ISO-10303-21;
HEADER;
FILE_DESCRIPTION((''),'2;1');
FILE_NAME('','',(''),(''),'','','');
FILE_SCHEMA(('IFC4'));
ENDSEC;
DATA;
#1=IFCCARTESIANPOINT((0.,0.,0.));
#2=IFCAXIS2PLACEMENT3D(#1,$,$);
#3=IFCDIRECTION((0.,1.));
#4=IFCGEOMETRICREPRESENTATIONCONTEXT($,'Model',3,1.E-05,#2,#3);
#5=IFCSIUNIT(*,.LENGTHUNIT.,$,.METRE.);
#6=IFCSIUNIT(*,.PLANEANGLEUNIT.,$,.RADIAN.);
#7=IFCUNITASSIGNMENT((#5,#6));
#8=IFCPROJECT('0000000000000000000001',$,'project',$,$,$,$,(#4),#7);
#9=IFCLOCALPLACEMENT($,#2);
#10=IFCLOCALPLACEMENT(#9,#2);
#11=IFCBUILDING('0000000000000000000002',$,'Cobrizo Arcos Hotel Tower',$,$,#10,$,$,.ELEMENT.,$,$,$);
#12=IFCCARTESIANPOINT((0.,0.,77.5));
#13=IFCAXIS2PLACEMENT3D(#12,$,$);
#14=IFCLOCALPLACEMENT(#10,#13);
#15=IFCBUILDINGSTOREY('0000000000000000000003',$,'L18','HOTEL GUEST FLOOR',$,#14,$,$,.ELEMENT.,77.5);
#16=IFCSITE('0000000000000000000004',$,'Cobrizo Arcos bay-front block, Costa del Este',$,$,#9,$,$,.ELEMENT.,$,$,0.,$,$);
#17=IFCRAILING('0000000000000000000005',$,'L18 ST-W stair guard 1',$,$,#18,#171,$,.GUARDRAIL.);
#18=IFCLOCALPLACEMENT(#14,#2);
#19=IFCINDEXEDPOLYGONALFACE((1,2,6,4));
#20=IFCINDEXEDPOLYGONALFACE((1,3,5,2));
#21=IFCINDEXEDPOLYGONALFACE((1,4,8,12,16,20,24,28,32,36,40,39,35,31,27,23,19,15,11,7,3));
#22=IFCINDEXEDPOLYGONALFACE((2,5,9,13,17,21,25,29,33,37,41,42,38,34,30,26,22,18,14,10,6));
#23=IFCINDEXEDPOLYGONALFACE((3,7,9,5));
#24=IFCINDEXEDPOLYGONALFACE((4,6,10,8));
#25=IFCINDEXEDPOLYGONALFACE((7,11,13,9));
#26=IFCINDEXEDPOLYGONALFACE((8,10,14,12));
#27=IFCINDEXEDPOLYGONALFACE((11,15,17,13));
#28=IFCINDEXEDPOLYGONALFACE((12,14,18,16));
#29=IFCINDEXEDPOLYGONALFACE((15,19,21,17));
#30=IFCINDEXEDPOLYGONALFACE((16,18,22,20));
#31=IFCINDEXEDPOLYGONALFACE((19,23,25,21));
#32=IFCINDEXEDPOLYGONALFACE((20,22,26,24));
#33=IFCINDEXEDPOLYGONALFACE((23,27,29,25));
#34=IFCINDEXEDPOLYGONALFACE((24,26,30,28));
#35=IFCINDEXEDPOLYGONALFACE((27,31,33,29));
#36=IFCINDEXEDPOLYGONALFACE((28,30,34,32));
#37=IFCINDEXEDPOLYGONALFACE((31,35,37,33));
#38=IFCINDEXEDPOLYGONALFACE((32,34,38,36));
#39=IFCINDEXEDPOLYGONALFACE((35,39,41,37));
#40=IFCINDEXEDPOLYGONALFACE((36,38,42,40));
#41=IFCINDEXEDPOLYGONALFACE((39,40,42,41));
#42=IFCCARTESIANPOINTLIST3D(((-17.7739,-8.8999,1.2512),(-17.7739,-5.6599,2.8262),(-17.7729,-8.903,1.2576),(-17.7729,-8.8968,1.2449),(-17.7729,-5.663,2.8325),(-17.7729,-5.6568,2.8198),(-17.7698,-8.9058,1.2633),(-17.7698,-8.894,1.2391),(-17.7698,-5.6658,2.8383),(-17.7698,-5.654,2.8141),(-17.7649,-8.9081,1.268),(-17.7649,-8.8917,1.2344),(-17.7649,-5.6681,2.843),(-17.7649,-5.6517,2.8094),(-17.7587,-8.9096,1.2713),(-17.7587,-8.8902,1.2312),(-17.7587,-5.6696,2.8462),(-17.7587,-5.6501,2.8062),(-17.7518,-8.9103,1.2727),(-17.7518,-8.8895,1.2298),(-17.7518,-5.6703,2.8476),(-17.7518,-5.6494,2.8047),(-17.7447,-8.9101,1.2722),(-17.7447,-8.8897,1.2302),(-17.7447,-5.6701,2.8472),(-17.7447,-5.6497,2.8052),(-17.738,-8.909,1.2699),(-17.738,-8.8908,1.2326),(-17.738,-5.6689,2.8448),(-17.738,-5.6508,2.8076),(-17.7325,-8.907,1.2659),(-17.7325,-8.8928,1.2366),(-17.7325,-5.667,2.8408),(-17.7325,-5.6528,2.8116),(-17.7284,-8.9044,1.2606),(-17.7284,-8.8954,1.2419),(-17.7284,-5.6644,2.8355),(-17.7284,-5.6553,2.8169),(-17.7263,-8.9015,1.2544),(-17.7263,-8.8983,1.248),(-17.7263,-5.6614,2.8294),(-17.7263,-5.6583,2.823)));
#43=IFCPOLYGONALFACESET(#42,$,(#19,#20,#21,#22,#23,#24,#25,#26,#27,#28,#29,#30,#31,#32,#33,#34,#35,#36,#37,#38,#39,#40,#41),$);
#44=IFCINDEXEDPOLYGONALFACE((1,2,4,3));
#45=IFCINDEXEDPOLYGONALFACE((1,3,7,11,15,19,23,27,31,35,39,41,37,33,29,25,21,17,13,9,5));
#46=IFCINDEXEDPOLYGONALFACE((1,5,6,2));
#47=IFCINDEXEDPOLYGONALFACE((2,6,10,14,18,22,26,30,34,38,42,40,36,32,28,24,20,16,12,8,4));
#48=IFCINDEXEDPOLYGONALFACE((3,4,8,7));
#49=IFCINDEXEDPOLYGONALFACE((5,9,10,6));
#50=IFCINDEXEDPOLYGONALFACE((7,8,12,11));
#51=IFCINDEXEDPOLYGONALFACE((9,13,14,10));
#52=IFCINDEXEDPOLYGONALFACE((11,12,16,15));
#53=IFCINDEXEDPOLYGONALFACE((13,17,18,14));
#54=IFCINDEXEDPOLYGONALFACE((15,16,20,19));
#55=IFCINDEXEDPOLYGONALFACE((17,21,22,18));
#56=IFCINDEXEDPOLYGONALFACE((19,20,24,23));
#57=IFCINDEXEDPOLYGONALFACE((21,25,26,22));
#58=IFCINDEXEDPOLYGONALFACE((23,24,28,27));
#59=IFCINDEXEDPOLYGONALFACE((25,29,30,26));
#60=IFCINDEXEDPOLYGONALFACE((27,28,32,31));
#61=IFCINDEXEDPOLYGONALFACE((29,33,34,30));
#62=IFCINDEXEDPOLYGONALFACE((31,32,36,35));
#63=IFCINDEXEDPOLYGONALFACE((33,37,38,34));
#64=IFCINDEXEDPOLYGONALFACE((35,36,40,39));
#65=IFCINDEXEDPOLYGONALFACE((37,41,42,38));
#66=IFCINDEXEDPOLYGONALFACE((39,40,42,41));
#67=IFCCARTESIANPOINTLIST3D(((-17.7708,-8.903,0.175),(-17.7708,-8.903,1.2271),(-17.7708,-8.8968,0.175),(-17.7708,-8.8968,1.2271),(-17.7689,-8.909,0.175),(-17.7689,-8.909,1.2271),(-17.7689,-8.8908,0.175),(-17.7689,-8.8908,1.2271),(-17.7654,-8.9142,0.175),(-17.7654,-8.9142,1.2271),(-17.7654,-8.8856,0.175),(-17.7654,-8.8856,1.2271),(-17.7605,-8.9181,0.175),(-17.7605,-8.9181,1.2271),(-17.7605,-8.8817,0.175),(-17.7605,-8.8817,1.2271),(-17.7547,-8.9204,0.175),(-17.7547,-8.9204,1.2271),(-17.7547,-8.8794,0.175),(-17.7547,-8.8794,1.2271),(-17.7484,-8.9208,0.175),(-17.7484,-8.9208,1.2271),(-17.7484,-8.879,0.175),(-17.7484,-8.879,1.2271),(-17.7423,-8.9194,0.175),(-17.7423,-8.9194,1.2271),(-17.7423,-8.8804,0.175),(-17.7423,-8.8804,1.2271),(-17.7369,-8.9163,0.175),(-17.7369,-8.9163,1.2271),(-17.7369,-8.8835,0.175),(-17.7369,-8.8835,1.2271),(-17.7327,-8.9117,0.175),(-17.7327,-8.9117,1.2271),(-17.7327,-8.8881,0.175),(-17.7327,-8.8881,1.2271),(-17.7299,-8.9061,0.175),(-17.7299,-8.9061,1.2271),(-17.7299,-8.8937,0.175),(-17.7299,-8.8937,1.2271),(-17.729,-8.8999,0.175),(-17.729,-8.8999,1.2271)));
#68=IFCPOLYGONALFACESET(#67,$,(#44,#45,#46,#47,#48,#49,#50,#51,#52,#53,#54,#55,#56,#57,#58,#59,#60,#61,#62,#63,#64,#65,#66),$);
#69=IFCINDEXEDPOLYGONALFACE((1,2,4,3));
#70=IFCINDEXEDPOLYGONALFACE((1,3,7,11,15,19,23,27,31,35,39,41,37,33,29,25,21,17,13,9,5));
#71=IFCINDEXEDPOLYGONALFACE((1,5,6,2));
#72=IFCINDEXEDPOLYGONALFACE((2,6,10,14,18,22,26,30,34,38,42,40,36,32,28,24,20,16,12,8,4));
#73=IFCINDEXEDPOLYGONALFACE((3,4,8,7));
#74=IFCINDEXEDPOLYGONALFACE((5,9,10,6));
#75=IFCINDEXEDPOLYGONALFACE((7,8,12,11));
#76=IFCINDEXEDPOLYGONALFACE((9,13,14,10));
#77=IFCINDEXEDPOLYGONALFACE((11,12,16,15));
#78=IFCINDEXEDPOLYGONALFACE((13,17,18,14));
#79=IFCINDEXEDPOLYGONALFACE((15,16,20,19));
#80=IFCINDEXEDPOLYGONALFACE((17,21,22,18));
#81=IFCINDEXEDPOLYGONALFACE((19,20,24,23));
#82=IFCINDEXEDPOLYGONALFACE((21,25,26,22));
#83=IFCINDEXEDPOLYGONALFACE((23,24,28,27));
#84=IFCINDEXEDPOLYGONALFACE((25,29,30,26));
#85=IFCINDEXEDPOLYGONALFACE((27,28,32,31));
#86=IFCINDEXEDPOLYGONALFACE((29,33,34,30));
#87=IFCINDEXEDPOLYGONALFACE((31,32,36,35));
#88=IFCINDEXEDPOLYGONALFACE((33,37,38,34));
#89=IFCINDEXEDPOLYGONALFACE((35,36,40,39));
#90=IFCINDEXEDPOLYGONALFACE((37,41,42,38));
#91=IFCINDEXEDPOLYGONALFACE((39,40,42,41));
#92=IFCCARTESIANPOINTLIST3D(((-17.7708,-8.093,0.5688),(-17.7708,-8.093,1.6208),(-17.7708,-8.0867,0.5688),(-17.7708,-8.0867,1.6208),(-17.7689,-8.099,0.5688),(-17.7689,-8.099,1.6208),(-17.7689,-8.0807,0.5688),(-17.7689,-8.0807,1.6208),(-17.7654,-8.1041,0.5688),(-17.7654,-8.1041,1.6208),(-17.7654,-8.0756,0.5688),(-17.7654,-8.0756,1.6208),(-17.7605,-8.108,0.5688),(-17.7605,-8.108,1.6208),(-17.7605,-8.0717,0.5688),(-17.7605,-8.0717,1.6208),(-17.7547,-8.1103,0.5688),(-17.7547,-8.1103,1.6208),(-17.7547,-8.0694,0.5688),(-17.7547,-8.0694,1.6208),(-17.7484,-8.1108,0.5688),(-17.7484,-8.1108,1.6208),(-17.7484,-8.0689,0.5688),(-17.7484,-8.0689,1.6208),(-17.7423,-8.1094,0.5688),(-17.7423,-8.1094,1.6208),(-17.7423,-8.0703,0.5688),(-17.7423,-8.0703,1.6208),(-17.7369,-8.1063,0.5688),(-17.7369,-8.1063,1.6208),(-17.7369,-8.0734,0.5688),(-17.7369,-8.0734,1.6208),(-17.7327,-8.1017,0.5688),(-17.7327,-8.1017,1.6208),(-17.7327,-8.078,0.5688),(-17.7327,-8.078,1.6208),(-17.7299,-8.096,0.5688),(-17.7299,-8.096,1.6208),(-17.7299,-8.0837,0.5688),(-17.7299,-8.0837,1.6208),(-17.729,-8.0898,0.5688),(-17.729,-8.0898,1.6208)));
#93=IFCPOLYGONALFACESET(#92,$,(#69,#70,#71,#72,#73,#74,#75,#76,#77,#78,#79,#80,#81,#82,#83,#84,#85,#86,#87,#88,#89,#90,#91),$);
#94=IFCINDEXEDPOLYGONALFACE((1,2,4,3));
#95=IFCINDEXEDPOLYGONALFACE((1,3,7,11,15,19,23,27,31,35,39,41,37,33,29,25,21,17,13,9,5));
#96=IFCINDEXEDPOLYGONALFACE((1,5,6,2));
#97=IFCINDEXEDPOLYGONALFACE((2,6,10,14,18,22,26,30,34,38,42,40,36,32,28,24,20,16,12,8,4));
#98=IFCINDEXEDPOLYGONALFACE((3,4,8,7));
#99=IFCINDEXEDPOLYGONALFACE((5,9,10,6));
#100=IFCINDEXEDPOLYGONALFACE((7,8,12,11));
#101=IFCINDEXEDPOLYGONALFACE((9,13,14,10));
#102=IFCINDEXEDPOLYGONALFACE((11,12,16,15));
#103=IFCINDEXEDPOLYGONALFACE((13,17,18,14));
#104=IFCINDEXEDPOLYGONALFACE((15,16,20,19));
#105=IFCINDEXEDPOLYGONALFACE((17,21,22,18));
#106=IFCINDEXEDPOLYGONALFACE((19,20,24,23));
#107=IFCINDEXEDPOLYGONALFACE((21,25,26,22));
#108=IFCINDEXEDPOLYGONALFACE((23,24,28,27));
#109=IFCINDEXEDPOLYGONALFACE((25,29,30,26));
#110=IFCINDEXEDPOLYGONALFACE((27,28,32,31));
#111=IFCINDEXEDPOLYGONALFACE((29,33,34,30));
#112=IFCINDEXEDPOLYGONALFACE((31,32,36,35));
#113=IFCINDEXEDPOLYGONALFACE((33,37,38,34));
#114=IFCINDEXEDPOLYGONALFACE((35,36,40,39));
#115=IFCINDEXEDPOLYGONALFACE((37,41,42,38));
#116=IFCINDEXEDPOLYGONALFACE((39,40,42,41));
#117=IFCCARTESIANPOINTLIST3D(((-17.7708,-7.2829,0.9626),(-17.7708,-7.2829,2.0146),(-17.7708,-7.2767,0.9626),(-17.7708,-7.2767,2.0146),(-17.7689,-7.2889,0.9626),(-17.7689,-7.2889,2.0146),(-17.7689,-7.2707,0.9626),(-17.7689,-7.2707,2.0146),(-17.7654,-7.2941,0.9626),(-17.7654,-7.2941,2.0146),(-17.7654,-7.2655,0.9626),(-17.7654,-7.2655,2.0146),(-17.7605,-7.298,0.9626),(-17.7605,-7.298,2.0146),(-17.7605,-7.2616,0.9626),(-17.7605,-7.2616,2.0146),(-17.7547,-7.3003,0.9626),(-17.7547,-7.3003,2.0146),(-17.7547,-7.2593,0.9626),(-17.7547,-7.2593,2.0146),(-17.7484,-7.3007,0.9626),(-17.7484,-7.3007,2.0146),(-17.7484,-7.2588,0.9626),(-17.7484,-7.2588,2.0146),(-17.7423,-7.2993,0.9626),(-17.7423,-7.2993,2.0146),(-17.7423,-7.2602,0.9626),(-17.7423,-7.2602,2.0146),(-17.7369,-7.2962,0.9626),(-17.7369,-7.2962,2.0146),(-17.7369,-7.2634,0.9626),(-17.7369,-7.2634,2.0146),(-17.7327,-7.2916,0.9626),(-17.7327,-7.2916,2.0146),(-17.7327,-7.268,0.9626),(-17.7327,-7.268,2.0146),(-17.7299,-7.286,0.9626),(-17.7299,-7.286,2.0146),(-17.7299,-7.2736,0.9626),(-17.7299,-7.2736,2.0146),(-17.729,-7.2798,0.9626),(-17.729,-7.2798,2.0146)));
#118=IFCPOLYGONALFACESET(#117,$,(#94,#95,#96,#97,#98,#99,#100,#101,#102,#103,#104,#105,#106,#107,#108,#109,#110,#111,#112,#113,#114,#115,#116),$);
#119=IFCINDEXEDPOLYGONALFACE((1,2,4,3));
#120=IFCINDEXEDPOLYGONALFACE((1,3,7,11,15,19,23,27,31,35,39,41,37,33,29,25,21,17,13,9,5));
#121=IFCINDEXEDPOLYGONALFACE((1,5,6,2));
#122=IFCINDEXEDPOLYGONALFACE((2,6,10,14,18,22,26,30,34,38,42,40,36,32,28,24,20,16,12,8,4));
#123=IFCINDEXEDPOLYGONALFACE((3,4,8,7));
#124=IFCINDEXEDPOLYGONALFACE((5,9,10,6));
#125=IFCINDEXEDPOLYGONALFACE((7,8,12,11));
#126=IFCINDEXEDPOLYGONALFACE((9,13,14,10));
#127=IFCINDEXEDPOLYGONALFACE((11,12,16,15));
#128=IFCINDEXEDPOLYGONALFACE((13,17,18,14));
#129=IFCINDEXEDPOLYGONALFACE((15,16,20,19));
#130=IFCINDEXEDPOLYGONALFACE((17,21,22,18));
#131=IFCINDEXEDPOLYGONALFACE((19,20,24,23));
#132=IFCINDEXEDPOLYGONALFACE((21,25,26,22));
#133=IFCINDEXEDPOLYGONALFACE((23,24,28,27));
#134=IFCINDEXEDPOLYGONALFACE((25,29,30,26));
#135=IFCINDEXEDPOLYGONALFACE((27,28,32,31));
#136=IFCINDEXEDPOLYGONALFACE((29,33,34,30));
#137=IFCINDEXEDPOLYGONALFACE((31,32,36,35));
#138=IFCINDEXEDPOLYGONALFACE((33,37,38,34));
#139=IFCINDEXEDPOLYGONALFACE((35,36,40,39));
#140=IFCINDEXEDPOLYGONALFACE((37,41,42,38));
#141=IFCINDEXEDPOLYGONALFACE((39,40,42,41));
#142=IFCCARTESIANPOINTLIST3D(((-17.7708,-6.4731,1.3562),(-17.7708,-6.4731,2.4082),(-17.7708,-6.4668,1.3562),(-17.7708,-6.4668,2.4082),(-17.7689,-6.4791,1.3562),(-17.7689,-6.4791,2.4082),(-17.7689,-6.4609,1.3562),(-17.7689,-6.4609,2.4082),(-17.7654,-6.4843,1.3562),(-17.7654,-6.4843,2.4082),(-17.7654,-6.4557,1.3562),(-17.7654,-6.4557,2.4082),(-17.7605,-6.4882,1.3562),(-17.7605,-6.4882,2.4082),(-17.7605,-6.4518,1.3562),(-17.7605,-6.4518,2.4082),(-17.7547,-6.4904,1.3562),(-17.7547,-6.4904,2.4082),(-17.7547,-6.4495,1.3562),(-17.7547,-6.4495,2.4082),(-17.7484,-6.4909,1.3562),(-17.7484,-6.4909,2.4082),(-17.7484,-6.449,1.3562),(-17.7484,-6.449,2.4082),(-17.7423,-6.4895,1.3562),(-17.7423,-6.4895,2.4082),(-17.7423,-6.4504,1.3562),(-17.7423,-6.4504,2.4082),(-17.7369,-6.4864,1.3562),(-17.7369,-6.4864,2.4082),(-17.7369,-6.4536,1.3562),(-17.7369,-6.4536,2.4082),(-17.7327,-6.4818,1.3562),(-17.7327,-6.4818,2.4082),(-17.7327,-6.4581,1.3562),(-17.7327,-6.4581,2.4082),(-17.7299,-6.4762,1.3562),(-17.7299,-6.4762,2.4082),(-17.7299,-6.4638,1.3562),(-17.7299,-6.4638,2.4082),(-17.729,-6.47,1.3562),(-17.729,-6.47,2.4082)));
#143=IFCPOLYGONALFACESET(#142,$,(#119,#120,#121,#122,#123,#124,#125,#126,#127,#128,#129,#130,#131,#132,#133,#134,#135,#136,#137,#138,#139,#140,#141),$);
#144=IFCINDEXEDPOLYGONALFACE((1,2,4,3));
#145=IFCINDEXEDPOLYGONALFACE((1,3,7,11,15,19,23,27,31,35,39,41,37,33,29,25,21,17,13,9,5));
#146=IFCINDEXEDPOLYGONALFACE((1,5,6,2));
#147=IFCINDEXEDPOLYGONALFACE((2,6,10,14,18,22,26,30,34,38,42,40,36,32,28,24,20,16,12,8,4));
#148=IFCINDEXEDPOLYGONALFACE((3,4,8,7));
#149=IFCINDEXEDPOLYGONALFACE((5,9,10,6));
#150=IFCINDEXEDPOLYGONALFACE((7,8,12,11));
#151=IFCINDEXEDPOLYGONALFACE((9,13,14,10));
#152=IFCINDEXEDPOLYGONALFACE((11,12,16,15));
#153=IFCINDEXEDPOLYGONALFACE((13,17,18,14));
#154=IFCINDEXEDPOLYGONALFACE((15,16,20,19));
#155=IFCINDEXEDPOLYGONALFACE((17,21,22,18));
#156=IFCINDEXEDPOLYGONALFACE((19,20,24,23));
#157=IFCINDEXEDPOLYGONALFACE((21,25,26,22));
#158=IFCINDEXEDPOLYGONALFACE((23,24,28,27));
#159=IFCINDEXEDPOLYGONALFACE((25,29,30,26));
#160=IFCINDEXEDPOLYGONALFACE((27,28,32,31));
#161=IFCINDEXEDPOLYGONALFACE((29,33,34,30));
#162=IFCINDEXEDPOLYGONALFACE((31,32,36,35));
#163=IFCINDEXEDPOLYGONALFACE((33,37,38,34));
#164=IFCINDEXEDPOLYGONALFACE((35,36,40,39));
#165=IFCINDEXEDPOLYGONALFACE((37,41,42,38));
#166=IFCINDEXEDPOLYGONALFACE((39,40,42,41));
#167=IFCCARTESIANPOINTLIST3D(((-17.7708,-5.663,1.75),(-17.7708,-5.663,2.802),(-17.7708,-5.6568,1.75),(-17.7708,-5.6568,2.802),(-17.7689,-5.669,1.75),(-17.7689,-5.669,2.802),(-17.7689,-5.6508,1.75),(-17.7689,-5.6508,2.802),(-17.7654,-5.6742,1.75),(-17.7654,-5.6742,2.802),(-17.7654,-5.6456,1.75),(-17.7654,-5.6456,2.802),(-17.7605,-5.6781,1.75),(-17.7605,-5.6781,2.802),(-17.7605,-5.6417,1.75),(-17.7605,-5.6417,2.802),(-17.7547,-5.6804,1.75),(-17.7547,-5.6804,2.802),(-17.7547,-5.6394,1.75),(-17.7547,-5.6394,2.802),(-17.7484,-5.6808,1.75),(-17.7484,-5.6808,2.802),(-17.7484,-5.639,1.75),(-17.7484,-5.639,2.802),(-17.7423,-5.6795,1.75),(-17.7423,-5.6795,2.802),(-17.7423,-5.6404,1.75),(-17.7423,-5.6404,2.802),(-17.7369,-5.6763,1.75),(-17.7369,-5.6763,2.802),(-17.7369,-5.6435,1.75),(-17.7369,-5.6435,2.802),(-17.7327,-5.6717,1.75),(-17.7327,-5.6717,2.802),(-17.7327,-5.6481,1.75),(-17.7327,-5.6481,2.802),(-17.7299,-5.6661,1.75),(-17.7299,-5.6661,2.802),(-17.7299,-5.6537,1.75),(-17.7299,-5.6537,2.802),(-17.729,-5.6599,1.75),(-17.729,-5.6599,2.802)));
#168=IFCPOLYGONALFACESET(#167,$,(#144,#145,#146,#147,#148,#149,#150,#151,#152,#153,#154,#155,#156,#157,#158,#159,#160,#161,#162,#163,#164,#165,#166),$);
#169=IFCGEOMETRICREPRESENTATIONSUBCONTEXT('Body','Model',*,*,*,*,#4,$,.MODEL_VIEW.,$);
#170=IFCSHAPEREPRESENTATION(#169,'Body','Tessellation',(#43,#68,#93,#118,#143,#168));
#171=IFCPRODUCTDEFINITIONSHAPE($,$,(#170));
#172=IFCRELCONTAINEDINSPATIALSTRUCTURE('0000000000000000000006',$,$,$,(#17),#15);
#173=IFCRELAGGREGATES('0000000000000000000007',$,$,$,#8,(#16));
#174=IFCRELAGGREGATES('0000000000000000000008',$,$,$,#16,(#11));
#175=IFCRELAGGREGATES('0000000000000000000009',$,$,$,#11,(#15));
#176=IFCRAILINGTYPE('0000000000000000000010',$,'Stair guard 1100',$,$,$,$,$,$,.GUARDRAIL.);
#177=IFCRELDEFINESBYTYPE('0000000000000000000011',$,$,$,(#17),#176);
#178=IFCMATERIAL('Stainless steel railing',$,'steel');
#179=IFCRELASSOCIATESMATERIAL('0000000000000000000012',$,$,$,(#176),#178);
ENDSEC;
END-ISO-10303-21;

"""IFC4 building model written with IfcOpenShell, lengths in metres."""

from ifc_helpers import new_model, si_unit, direction, frame, origin, origin_2d, place, context, subcontext, project, spatial, circle, extrude, material, type_object, element, save


model = new_model("IFC4")

# Units and contexts
model_context = context("Model", 3, precision=1e-05, world=origin(), true_north=direction((0.0, 1.0)))
body_context = subcontext(model_context, "Body", "Model", "MODEL_VIEW")
ifc_project = project(units=[si_unit("LENGTHUNIT", "METRE"), si_unit("PLANEANGLEUNIT", "RADIAN")], contexts=[model_context])

# Site, building, storey
site_placement = place(None, origin())
site = spatial("IfcSite", under=ifc_project, at=site_placement, Name="Cobrizo Arcos bay-front block, Costa del Este", CompositionType="ELEMENT", RefElevation=0.0)
building_placement = place(site_placement, origin())
building = spatial("IfcBuilding", under=site, at=building_placement, Name="Cobrizo Arcos Hotel Tower", CompositionType="ELEMENT")
storey_placement = place(building_placement, frame((0.0, 0.0, 77.5)))
storey = spatial("IfcBuildingStorey", under=building, at=storey_placement, Name="L18", Description="HOTEL GUEST FLOOR", CompositionType="ELEMENT", Elevation=77.5)

# Railing
ifc_material_1 = material(Name="Stainless steel railing", Category="steel")
railing_type_1 = type_object("IfcRailingType", Name="Stair guard 1100", PredefinedType="GUARDRAIL", material=ifc_material_1)
railing_1_placement = place(storey_placement, frame((-17.75, -8.8999, 0.175)))
element("IfcRailing", 1, at=railing_1_placement, inside=storey, type_object=railing_type_1, Name="L18 ST-W stair guard 1", PredefinedType="GUARDRAIL", context=body_context, shape_type="SweptSolid", body=[
    extrude(circle(Radius=0.0239, at=origin_2d()), frame((0.0, 0.0, 1.0762), z_axis=(0.0, 0.899373, 0.437183), x_axis=(-1.0, 0.0, 0.0)), (0.0, 0.0, 1.0), 3.6025),
    extrude(circle(Radius=0.021, at=origin_2d()), origin(), (0.0, 0.0, 1.0), 1.052),
    extrude(circle(Radius=0.021, at=origin_2d()), frame((0.0, 0.8101, 0.3938)), (0.0, 0.0, 1.0), 1.052),
    extrude(circle(Radius=0.021, at=origin_2d()), frame((0.0, 1.6201, 0.7876)), (0.0, 0.0, 1.0), 1.052),
    extrude(circle(Radius=0.021, at=origin_2d()), frame((0.0, 2.4299, 1.1812)), (0.0, 0.0, 1.0), 1.052),
    extrude(circle(Radius=0.021, at=origin_2d()), frame((0.0, 3.24, 1.575)), (0.0, 0.0, 1.0), 1.052),
])

save(model, "model.ifc")
